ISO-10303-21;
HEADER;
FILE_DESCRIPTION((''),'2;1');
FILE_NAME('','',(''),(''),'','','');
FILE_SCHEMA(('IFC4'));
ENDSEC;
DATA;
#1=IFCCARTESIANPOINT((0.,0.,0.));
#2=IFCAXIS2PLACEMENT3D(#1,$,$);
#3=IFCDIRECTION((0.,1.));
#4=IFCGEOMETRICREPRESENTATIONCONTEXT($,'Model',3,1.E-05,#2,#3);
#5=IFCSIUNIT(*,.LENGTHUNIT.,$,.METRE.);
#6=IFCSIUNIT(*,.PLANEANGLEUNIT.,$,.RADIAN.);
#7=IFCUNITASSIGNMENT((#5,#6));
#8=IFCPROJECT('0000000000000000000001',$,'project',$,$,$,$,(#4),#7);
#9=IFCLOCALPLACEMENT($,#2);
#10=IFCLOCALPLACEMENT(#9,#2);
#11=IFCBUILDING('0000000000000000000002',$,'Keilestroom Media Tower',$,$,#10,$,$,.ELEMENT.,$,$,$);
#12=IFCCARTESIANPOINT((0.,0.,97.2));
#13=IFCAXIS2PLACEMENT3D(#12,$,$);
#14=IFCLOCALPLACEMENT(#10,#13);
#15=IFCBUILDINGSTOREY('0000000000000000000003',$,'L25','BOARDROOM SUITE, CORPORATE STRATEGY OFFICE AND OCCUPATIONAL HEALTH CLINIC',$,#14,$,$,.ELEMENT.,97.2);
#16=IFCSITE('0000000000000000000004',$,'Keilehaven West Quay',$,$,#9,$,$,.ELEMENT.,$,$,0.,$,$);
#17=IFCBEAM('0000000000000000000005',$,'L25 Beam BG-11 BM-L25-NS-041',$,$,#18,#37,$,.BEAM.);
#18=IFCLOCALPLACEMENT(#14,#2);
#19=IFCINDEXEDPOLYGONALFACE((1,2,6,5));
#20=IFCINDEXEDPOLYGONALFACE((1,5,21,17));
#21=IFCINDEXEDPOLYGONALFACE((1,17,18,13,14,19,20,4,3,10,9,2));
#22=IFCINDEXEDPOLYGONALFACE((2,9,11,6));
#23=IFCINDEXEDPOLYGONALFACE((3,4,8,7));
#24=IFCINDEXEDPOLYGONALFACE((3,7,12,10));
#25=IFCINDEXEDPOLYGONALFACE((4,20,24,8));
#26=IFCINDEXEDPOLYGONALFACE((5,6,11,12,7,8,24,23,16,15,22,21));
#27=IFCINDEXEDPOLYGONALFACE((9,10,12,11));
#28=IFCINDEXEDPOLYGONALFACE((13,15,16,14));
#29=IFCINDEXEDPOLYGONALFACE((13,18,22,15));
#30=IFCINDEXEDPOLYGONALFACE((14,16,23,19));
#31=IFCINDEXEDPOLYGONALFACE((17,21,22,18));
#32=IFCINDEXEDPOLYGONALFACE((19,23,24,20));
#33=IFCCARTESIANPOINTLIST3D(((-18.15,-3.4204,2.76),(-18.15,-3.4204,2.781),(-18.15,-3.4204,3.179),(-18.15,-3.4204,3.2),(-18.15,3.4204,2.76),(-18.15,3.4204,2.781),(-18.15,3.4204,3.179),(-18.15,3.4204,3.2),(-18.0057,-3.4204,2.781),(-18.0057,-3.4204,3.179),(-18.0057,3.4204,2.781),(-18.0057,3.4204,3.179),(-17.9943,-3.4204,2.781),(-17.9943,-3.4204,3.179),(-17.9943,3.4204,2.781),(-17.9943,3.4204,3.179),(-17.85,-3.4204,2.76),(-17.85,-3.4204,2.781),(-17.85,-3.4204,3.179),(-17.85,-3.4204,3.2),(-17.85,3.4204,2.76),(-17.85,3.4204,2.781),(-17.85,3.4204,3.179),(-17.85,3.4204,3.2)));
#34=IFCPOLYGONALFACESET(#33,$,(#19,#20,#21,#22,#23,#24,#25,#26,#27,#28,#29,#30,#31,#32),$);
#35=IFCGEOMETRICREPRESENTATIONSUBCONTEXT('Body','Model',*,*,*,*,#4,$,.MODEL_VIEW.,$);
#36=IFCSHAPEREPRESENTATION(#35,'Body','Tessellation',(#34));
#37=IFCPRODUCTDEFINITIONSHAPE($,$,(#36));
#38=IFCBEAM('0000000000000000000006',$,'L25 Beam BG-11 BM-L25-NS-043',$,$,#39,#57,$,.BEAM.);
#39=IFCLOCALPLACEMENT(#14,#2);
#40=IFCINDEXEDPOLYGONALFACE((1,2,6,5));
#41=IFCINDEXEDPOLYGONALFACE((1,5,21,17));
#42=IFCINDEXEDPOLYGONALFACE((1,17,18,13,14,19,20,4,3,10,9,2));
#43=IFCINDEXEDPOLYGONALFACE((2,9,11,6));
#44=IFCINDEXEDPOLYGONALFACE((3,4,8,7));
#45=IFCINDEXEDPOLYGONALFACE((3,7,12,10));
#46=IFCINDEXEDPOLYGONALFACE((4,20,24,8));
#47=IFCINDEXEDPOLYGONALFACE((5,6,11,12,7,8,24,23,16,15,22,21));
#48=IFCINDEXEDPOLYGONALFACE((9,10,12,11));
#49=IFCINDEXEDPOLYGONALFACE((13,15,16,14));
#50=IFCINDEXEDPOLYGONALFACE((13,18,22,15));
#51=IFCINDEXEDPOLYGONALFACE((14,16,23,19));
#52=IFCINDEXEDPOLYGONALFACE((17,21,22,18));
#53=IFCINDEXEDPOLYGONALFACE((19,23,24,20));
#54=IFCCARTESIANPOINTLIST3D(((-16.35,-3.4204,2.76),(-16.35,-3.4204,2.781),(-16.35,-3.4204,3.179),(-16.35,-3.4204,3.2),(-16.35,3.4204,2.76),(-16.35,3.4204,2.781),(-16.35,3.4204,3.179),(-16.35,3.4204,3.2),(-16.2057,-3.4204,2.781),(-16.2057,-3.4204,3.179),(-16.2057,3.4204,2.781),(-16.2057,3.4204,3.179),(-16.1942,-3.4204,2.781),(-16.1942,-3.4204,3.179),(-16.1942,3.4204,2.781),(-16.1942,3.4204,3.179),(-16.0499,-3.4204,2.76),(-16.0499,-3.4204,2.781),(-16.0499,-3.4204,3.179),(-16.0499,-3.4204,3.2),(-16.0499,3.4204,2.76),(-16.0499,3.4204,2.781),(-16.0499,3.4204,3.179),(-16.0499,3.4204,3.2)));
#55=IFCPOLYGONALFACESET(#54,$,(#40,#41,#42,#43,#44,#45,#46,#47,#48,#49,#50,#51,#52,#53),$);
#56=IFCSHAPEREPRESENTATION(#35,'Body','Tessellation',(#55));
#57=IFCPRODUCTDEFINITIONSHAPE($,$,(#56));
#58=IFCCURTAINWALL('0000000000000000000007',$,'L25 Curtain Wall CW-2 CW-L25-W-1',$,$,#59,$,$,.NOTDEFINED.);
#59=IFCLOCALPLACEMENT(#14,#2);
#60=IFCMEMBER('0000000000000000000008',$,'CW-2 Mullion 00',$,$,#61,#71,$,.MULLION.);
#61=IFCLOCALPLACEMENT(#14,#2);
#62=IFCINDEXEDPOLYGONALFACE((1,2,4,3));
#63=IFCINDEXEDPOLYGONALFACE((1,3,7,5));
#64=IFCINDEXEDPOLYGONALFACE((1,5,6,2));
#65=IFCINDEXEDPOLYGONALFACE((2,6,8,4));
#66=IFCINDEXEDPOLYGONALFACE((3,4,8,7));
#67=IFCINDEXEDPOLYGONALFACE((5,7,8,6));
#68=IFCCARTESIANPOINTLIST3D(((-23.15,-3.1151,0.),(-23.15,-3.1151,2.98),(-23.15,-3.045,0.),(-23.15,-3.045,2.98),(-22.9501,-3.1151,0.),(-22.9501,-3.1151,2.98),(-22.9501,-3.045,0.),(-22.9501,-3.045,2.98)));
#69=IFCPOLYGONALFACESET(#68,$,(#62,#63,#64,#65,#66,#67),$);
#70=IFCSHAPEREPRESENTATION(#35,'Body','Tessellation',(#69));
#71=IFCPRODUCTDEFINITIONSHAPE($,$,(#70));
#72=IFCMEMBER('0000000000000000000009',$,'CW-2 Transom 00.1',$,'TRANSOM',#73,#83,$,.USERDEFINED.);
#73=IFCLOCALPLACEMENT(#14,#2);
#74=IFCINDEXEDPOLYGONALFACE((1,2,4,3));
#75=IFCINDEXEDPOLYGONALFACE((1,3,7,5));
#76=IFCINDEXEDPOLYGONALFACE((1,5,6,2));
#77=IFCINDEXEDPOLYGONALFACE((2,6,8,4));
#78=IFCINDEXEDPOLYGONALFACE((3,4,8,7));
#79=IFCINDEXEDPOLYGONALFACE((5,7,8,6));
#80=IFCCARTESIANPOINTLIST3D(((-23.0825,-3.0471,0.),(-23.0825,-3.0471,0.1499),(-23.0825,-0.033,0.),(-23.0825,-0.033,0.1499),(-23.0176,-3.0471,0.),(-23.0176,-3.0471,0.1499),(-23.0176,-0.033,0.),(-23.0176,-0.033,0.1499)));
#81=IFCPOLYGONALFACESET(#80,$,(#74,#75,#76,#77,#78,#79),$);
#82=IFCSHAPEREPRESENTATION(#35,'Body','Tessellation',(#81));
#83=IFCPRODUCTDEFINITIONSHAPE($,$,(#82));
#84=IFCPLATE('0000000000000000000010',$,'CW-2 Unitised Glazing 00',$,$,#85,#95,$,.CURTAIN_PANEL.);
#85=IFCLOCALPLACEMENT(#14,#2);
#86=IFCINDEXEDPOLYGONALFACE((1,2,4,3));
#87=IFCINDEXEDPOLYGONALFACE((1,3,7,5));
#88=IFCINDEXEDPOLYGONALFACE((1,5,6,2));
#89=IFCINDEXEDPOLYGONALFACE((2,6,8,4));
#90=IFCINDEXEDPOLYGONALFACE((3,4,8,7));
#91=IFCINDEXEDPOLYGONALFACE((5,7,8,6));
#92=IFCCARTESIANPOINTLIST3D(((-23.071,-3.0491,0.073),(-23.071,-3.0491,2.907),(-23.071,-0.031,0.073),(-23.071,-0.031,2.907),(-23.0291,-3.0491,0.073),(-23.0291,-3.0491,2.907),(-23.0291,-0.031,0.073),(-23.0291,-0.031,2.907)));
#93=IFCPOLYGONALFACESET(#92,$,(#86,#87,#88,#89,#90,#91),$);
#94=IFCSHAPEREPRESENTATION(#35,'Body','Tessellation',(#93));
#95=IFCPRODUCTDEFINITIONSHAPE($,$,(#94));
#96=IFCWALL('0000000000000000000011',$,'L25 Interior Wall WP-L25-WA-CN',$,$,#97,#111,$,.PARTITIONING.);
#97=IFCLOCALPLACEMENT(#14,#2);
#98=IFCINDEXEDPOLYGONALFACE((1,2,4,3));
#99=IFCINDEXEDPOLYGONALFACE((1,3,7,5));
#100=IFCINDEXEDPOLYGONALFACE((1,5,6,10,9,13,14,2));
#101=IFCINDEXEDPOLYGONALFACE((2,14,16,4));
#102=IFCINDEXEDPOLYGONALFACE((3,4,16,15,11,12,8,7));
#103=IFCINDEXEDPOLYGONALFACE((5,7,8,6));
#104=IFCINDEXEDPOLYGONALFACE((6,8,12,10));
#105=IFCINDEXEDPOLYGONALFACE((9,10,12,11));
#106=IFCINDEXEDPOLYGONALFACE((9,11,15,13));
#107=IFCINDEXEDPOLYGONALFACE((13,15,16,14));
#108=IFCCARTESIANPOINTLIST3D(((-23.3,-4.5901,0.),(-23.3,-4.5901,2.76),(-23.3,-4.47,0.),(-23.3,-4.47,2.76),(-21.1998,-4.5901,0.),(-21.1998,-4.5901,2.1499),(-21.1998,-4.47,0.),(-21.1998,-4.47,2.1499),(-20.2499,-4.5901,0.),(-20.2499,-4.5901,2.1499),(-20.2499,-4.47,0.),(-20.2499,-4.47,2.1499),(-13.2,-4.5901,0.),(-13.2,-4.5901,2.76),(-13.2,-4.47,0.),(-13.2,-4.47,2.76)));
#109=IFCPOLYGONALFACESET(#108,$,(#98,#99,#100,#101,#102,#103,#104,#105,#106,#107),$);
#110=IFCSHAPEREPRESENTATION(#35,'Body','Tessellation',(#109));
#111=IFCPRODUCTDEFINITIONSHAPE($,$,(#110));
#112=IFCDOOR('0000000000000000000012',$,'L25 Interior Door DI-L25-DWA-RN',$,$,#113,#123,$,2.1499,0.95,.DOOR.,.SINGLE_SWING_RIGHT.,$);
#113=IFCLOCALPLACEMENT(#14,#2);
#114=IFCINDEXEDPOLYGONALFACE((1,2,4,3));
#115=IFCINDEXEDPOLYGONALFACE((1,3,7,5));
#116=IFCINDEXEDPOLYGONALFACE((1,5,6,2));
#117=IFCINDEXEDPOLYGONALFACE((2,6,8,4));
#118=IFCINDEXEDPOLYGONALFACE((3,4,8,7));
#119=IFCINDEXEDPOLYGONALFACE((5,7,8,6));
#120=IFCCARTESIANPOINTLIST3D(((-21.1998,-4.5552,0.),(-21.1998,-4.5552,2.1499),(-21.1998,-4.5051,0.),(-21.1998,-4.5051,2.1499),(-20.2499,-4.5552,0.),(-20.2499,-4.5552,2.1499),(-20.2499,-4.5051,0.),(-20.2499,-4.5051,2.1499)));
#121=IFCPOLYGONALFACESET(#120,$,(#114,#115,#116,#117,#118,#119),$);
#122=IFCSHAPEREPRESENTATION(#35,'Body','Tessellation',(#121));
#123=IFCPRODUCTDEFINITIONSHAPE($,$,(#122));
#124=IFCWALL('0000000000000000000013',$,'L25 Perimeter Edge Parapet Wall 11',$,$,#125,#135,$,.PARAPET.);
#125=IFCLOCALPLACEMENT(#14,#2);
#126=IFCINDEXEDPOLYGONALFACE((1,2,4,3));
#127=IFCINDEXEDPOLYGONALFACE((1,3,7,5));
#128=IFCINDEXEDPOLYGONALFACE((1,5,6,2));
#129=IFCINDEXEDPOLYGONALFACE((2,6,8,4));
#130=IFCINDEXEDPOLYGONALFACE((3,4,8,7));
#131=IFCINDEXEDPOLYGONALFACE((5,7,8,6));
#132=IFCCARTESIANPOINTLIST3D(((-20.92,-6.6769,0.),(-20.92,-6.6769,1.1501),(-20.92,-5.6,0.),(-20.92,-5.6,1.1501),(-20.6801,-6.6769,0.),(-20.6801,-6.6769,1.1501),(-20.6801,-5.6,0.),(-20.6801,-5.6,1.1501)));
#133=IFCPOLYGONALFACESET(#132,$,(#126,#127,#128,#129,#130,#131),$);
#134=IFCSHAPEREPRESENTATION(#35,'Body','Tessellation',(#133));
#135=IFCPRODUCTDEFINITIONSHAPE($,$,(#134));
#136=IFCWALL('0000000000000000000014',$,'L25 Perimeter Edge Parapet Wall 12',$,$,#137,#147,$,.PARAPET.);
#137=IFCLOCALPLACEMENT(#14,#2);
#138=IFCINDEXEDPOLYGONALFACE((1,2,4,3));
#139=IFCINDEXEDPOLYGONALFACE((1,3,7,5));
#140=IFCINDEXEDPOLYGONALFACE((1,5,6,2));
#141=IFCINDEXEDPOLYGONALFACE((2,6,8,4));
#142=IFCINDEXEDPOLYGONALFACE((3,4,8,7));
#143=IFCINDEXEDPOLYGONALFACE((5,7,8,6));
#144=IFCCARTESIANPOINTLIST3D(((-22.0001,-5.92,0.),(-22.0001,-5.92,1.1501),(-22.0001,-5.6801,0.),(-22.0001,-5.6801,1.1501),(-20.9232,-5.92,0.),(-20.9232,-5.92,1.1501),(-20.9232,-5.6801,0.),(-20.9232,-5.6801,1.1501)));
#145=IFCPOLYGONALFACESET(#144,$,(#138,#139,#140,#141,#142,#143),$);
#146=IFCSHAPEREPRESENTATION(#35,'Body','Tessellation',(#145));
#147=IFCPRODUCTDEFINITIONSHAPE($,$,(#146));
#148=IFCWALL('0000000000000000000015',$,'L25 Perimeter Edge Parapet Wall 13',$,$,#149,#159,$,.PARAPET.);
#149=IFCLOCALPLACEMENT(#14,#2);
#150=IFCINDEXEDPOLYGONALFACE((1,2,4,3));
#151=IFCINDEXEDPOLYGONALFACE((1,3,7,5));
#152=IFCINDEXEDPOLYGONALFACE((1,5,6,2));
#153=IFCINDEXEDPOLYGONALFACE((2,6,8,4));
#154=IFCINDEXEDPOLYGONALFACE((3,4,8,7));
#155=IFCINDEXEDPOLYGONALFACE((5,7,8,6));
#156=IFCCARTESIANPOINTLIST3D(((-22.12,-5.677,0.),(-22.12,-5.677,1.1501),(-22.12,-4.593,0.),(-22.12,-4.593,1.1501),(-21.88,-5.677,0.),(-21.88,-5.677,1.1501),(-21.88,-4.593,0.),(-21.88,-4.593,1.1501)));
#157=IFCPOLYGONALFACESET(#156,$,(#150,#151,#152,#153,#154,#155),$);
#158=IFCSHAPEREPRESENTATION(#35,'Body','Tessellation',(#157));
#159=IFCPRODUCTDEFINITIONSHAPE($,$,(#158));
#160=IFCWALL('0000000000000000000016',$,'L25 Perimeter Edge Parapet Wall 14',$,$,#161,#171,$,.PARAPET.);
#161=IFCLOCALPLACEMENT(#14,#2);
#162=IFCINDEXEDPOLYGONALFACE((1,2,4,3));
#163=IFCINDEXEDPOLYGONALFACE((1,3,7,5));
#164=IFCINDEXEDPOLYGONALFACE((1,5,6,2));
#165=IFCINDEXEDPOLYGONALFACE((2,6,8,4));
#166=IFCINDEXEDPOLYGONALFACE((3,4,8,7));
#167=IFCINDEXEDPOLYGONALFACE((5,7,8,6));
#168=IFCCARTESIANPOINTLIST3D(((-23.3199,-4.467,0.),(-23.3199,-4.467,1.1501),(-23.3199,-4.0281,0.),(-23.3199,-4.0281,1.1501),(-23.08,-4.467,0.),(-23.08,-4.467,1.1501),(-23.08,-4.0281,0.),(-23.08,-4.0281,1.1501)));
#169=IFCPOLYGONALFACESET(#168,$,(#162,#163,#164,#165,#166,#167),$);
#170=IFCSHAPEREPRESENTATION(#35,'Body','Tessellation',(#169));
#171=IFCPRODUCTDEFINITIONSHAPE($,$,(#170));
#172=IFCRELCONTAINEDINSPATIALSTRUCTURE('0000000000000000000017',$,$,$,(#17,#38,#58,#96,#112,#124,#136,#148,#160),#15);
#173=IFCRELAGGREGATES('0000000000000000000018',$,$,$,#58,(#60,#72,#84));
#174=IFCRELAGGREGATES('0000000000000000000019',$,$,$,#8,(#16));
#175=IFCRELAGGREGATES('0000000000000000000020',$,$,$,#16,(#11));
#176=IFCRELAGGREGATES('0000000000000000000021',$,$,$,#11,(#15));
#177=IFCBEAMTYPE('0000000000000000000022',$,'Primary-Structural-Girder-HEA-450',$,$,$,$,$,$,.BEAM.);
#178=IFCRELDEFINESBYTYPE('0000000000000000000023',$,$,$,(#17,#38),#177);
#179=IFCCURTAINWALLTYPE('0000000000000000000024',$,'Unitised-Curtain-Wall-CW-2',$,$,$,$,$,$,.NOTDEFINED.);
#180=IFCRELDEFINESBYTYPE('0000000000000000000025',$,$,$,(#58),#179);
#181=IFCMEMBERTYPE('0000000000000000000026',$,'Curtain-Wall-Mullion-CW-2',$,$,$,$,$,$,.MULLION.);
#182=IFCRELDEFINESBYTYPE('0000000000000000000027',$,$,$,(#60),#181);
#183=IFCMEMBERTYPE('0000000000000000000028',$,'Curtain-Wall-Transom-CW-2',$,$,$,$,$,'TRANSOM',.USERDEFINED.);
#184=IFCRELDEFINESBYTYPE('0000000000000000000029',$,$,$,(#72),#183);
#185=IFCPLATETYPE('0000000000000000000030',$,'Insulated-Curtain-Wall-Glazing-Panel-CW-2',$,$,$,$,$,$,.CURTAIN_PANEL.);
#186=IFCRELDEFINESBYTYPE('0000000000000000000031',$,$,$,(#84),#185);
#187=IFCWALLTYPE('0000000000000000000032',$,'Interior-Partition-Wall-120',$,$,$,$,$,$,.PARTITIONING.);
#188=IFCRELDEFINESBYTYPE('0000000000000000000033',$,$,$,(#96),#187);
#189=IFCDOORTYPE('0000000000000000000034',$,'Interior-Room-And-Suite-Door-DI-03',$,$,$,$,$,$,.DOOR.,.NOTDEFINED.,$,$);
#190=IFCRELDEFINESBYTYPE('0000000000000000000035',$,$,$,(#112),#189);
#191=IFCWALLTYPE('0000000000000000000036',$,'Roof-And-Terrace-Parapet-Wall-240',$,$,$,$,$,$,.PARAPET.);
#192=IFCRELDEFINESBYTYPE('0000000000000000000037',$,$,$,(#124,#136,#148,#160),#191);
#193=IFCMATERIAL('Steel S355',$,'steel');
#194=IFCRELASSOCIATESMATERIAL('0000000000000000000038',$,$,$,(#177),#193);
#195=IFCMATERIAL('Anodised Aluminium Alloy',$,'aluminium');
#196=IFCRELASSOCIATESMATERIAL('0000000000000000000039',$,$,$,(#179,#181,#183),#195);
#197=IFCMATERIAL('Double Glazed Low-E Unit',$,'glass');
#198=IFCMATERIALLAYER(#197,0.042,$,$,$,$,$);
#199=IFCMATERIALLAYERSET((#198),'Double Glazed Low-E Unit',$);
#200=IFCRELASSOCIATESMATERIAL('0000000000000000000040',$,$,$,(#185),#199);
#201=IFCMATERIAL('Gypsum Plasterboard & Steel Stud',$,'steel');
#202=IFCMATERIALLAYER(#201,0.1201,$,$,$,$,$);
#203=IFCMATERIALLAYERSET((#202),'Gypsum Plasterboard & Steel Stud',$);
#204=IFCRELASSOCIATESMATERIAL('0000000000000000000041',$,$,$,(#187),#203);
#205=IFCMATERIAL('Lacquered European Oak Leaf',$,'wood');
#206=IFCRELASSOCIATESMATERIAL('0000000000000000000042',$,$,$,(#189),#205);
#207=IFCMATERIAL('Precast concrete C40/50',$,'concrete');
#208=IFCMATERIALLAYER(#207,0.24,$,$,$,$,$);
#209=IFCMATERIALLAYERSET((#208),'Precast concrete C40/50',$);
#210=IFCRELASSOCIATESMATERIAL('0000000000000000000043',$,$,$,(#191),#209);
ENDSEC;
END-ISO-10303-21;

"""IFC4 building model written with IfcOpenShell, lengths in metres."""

from ifc_helpers import new_model, si_unit, direction, frame, frame_2d, origin, origin_2d, place, context, subcontext, project, spatial, rectangle, i_section, extrude, source, transform, mapped, material, layer, layer_set, material_profile, profile_set, type_object, element, fill, aggregate, save


model = new_model("IFC4")

# Units and contexts
model_context = context("Model", 3, precision=1e-05, world=origin(), true_north=direction((0.0, 1.0)))
body_context = subcontext(model_context, "Body", "Model", "MODEL_VIEW")
ifc_project = project(units=[si_unit("LENGTHUNIT", "METRE"), si_unit("PLANEANGLEUNIT", "RADIAN")], contexts=[model_context])

# Site, building, storey
site_placement = place(None, origin())
site = spatial("IfcSite", under=ifc_project, at=site_placement, Name="Keilehaven West Quay", CompositionType="ELEMENT", RefElevation=0.0)
building_placement = place(site_placement, origin())
building = spatial("IfcBuilding", under=site, at=building_placement, Name="Keilestroom Media Tower", CompositionType="ELEMENT")
storey_placement = place(building_placement, frame((0.0, 0.0, 97.2)))
storey = spatial("IfcBuildingStorey", under=building, at=storey_placement, Name="L25", Description="BOARDROOM SUITE, CORPORATE STRATEGY OFFICE AND OCCUPATIONAL HEALTH CLINIC", CompositionType="ELEMENT", Elevation=97.2)

# Shared definitions
ifc_material_1 = material(Name="Precast concrete C40/50", Category="concrete")
ifc_material_2 = material(Name="Steel S355", Category="steel")

# Beams
ifc_material_profile_1 = material_profile(ifc_material_2, i_section(OverallWidth=0.3, OverallDepth=0.4399, WebThickness=0.0115, FlangeThickness=0.021, at=origin_2d()), Name="HEA 450")
ifc_profile_set_1 = profile_set([ifc_material_profile_1], Name="Steel S355")
beam_type_1 = type_object("IfcBeamType", Name="Primary-Structural-Girder-HEA-450", PredefinedType="BEAM", material=ifc_profile_set_1)
shared_shape_1 = source(origin(), body_context, "Body", "SweptSolid", [
    extrude(i_section(OverallWidth=0.3, OverallDepth=0.4399, WebThickness=0.0115, FlangeThickness=0.021, at=origin_2d()), origin(), (0.0, 0.0, 1.0), 6.8408),
])
for number, where, z_axis, x_axis, name in (
    (1, (-18.0, -3.4204, 2.98), (0.0, 1.0, 0.0), (-1.0, 0.0, 0.0), "L25 Beam BG-11 BM-L25-NS-041"),
    (2, (-16.2, -3.4204, 2.98), (0.0, 1.0, 0.0), (-1.0, 0.0, 0.0), "L25 Beam BG-11 BM-L25-NS-043"),
):
    element("IfcBeam", number, at=place(storey_placement, frame(where, z_axis=z_axis, x_axis=x_axis)), inside=storey, type_object=beam_type_1, Name=name, PredefinedType="BEAM", context=body_context, shape_type="MappedRepresentation", body=[
        mapped(shared_shape_1, transform((0.0, 0.0, 0.0), x_axis=(1.0, 0.0, 0.0), y_axis=(0.0, 1.0, 0.0), z_axis=(0.0, 0.0, 1.0), scale=1.0)),
    ])

# Curtain wall, members, plate
ifc_material_3 = material(Name="Anodised Aluminium Alloy", Category="aluminium")
curtain_wall_type = type_object("IfcCurtainWallType", Name="Unitised-Curtain-Wall-CW-2", PredefinedType="NOTDEFINED", material=ifc_material_3)
curtain_wall_placement = place(storey_placement, origin())
curtain_wall = element("IfcCurtainWall", 3, at=curtain_wall_placement, inside=storey, type_object=curtain_wall_type, Name="L25 Curtain Wall CW-2 CW-L25-W-1", PredefinedType="NOTDEFINED")
ifc_material_profile_2 = material_profile(ifc_material_3, rectangle(XDim=0.0701, YDim=0.2, at=origin_2d()), Name="ALU MULLION 70x200")
ifc_profile_set_2 = profile_set([ifc_material_profile_2], Name="Anodised Aluminium Alloy")
member_type_1 = type_object("IfcMemberType", Name="Curtain-Wall-Mullion-CW-2", PredefinedType="MULLION", material=ifc_profile_set_2)
shared_shape_2 = source(origin(), body_context, "Body", "SweptSolid", [
    extrude(rectangle(XDim=0.0701, YDim=0.2, at=origin_2d()), origin(), (0.0, 0.0, 1.0), 2.98),
])
member_1_placement = place(storey_placement, frame((-23.05, -3.0801, 0.0), z_axis=(0.0, 0.0, 1.0), x_axis=(0.0, 1.0, 0.0)))
member_1 = element("IfcMember", 4, at=member_1_placement, type_object=member_type_1, Name="CW-2 Mullion 00", PredefinedType="MULLION", context=body_context, shape_type="MappedRepresentation", body=[
    mapped(shared_shape_2, transform((0.0, 0.0, 0.0), x_axis=(1.0, 0.0, 0.0), y_axis=(0.0, 1.0, 0.0), z_axis=(0.0, 0.0, 1.0), scale=1.0)),
])
ifc_material_profile_3 = material_profile(ifc_material_3, rectangle(XDim=0.0649, YDim=0.1499, at=origin_2d()), Name="ALU TRANSOM 65x150")
ifc_profile_set_3 = profile_set([ifc_material_profile_3], Name="Anodised Aluminium Alloy")
member_type_2 = type_object("IfcMemberType", Name="Curtain-Wall-Transom-CW-2", ElementType="TRANSOM", PredefinedType="USERDEFINED", material=ifc_profile_set_3)
shared_shape_3 = source(origin(), body_context, "Body", "SweptSolid", [
    extrude(rectangle(XDim=0.0649, YDim=0.1499, at=origin_2d()), origin(), (0.0, 0.0, 1.0), 3.0142),
])
member_2_placement = place(storey_placement, frame((-23.05, -3.0471, 0.075), z_axis=(0.0, 1.0, 0.0), x_axis=(-1.0, 0.0, 0.0)))
member_2 = element("IfcMember", 5, at=member_2_placement, type_object=member_type_2, Name="CW-2 Transom 00.1", ObjectType="TRANSOM", PredefinedType="USERDEFINED", context=body_context, shape_type="MappedRepresentation", body=[
    mapped(shared_shape_3, transform((0.0, 0.0, 0.0), x_axis=(1.0, 0.0, 0.0), y_axis=(0.0, 1.0, 0.0), z_axis=(0.0, 0.0, 1.0), scale=1.0)),
])
ifc_material_4 = material(Name="Double Glazed Low-E Unit", Category="glass")
ifc_layer_1 = layer(ifc_material_4, 0.042)
ifc_layer_set_1 = layer_set([ifc_layer_1], Name="Double Glazed Low-E Unit")
plate_type = type_object("IfcPlateType", Name="Insulated-Curtain-Wall-Glazing-Panel-CW-2", PredefinedType="CURTAIN_PANEL", material=ifc_layer_set_1)
shared_shape_4 = source(origin(), body_context, "Body", "SweptSolid", [
    extrude(rectangle(XDim=3.0181, YDim=0.042, at=origin_2d()), origin(), (0.0, 0.0, 1.0), 2.834),
])
plate_placement = place(storey_placement, frame((-23.05, -1.54, 0.073), z_axis=(0.0, 0.0, 1.0), x_axis=(0.0, 1.0, 0.0)))
plate = element("IfcPlate", 6, at=plate_placement, type_object=plate_type, Name="CW-2 Unitised Glazing 00", PredefinedType="CURTAIN_PANEL", context=body_context, shape_type="MappedRepresentation", body=[
    mapped(shared_shape_4, transform((0.0, 0.0, 0.0), x_axis=(1.0, 0.0, 0.0), y_axis=(0.0, 1.0, 0.0), z_axis=(0.0, 0.0, 1.0), scale=1.0)),
])
aggregate(curtain_wall, [member_1, member_2, plate])

# Wall, opening, door
ifc_material_5 = material(Name="Gypsum Plasterboard & Steel Stud", Category="steel")
ifc_layer_2 = layer(ifc_material_5, 0.1201)
ifc_layer_set_2 = layer_set([ifc_layer_2], Name="Gypsum Plasterboard & Steel Stud")
wall_type_1 = type_object("IfcWallType", Name="Interior-Partition-Wall-120", PredefinedType="PARTITIONING", material=ifc_layer_set_2)
wall_1_placement = place(storey_placement, frame((-23.3, -4.53, 0.0), z_axis=(0.0, 0.0, 1.0), x_axis=(1.0, 0.0, 0.0)))
wall_1 = element("IfcWall", 7, at=wall_1_placement, inside=storey, type_object=wall_type_1, Name="L25 Interior Wall WP-L25-WA-CN", PredefinedType="PARTITIONING", context=body_context, shape_type="SweptSolid", body=[
    extrude(rectangle(XDim=10.1001, YDim=0.1201, at=frame_2d((5.05, 0.0))), origin(), (0.0, 0.0, 1.0), 2.76),
])
opening_placement = place(wall_1_placement, frame((2.1001, 0.0, 0.0)))
opening = element("IfcOpeningElement", 8, at=opening_placement, cuts=wall_1, PredefinedType="OPENING", context=body_context, shape_type="SweptSolid", body=[
    extrude(rectangle(XDim=0.95, YDim=2.1499, at=frame_2d((0.4751, 1.075))), frame((0.0, 0.0701, 0.0), z_axis=(0.0, -1.0, 0.0), x_axis=(1.0, 0.0, 0.0)), (0.0, 0.0, 1.0), 0.1401),
])
ifc_material_6 = material(Name="Lacquered European Oak Leaf", Category="wood")
door_type = type_object("IfcDoorType", Name="Interior-Room-And-Suite-Door-DI-03", OperationType="NOTDEFINED", PredefinedType="DOOR", material=ifc_material_6)
shared_shape_5 = source(origin(), body_context, "Body", "SweptSolid", [
    extrude(rectangle(XDim=0.95, YDim=2.1499, at=frame_2d((0.4751, 1.075))), frame((0.0, 0.0249, 0.0), z_axis=(0.0, -1.0, 0.0), x_axis=(1.0, 0.0, 0.0)), (0.0, 0.0, 1.0), 0.05),
])
door_placement = place(opening_placement, origin())
door = element("IfcDoor", 9, at=door_placement, inside=storey, type_object=door_type, Name="L25 Interior Door DI-L25-DWA-RN", OperationType="SINGLE_SWING_RIGHT", OverallHeight=2.1499, OverallWidth=0.95, PredefinedType="DOOR", context=body_context, shape_type="MappedRepresentation", body=[
    mapped(shared_shape_5, transform((0.0, 0.0, 0.0), x_axis=(1.0, 0.0, 0.0), y_axis=(0.0, 1.0, 0.0), z_axis=(0.0, 0.0, 1.0), scale=1.0)),
])
fill(opening, door)

# Walls
ifc_layer_3 = layer(ifc_material_1, 0.24)
ifc_layer_set_3 = layer_set([ifc_layer_3], Name="Precast concrete C40/50")
wall_type_2 = type_object("IfcWallType", Name="Roof-And-Terrace-Parapet-Wall-240", PredefinedType="PARAPET", material=ifc_layer_set_3)
for number, where, z_axis, x_axis, name in (
    (10, (-20.8, -6.677, 0.0), (0.0, 0.0, 1.0), (0.0, 1.0, 0.0), "L25 Perimeter Edge Parapet Wall 11"),
    (11, (-20.9231, -5.8, 0.0), (0.0, 0.0, 1.0), (-1.0, 0.0, 0.0), "L25 Perimeter Edge Parapet Wall 12"),
):
    element("IfcWall", number, at=place(storey_placement, frame(where, z_axis=z_axis, x_axis=x_axis)), inside=storey, type_object=wall_type_2, Name=name, PredefinedType="PARAPET", context=body_context, shape_type="SweptSolid", body=[
        extrude(rectangle(XDim=1.0769, YDim=0.24, at=frame_2d((0.5386, 0.0))), origin(), (0.0, 0.0, 1.0), 1.1501),
    ])
wall_2_placement = place(storey_placement, frame((-22.0, -5.677, 0.0), z_axis=(0.0, 0.0, 1.0), x_axis=(0.0, 1.0, 0.0)))
element("IfcWall", 12, at=wall_2_placement, inside=storey, type_object=wall_type_2, Name="L25 Perimeter Edge Parapet Wall 13", PredefinedType="PARAPET", context=body_context, shape_type="SweptSolid", body=[
    extrude(rectangle(XDim=1.084, YDim=0.24, at=frame_2d((0.542, 0.0))), origin(), (0.0, 0.0, 1.0), 1.1501),
])
wall_3_placement = place(storey_placement, frame((-23.2, -4.467, 0.0), z_axis=(0.0, 0.0, 1.0), x_axis=(0.0, 1.0, 0.0)))
element("IfcWall", 13, at=wall_3_placement, inside=storey, type_object=wall_type_2, Name="L25 Perimeter Edge Parapet Wall 14", PredefinedType="PARAPET", context=body_context, shape_type="SweptSolid", body=[
    extrude(rectangle(XDim=0.439, YDim=0.24, at=frame_2d((0.2195, 0.0))), origin(), (0.0, 0.0, 1.0), 1.1501),
])

save(model, "model.ifc")
